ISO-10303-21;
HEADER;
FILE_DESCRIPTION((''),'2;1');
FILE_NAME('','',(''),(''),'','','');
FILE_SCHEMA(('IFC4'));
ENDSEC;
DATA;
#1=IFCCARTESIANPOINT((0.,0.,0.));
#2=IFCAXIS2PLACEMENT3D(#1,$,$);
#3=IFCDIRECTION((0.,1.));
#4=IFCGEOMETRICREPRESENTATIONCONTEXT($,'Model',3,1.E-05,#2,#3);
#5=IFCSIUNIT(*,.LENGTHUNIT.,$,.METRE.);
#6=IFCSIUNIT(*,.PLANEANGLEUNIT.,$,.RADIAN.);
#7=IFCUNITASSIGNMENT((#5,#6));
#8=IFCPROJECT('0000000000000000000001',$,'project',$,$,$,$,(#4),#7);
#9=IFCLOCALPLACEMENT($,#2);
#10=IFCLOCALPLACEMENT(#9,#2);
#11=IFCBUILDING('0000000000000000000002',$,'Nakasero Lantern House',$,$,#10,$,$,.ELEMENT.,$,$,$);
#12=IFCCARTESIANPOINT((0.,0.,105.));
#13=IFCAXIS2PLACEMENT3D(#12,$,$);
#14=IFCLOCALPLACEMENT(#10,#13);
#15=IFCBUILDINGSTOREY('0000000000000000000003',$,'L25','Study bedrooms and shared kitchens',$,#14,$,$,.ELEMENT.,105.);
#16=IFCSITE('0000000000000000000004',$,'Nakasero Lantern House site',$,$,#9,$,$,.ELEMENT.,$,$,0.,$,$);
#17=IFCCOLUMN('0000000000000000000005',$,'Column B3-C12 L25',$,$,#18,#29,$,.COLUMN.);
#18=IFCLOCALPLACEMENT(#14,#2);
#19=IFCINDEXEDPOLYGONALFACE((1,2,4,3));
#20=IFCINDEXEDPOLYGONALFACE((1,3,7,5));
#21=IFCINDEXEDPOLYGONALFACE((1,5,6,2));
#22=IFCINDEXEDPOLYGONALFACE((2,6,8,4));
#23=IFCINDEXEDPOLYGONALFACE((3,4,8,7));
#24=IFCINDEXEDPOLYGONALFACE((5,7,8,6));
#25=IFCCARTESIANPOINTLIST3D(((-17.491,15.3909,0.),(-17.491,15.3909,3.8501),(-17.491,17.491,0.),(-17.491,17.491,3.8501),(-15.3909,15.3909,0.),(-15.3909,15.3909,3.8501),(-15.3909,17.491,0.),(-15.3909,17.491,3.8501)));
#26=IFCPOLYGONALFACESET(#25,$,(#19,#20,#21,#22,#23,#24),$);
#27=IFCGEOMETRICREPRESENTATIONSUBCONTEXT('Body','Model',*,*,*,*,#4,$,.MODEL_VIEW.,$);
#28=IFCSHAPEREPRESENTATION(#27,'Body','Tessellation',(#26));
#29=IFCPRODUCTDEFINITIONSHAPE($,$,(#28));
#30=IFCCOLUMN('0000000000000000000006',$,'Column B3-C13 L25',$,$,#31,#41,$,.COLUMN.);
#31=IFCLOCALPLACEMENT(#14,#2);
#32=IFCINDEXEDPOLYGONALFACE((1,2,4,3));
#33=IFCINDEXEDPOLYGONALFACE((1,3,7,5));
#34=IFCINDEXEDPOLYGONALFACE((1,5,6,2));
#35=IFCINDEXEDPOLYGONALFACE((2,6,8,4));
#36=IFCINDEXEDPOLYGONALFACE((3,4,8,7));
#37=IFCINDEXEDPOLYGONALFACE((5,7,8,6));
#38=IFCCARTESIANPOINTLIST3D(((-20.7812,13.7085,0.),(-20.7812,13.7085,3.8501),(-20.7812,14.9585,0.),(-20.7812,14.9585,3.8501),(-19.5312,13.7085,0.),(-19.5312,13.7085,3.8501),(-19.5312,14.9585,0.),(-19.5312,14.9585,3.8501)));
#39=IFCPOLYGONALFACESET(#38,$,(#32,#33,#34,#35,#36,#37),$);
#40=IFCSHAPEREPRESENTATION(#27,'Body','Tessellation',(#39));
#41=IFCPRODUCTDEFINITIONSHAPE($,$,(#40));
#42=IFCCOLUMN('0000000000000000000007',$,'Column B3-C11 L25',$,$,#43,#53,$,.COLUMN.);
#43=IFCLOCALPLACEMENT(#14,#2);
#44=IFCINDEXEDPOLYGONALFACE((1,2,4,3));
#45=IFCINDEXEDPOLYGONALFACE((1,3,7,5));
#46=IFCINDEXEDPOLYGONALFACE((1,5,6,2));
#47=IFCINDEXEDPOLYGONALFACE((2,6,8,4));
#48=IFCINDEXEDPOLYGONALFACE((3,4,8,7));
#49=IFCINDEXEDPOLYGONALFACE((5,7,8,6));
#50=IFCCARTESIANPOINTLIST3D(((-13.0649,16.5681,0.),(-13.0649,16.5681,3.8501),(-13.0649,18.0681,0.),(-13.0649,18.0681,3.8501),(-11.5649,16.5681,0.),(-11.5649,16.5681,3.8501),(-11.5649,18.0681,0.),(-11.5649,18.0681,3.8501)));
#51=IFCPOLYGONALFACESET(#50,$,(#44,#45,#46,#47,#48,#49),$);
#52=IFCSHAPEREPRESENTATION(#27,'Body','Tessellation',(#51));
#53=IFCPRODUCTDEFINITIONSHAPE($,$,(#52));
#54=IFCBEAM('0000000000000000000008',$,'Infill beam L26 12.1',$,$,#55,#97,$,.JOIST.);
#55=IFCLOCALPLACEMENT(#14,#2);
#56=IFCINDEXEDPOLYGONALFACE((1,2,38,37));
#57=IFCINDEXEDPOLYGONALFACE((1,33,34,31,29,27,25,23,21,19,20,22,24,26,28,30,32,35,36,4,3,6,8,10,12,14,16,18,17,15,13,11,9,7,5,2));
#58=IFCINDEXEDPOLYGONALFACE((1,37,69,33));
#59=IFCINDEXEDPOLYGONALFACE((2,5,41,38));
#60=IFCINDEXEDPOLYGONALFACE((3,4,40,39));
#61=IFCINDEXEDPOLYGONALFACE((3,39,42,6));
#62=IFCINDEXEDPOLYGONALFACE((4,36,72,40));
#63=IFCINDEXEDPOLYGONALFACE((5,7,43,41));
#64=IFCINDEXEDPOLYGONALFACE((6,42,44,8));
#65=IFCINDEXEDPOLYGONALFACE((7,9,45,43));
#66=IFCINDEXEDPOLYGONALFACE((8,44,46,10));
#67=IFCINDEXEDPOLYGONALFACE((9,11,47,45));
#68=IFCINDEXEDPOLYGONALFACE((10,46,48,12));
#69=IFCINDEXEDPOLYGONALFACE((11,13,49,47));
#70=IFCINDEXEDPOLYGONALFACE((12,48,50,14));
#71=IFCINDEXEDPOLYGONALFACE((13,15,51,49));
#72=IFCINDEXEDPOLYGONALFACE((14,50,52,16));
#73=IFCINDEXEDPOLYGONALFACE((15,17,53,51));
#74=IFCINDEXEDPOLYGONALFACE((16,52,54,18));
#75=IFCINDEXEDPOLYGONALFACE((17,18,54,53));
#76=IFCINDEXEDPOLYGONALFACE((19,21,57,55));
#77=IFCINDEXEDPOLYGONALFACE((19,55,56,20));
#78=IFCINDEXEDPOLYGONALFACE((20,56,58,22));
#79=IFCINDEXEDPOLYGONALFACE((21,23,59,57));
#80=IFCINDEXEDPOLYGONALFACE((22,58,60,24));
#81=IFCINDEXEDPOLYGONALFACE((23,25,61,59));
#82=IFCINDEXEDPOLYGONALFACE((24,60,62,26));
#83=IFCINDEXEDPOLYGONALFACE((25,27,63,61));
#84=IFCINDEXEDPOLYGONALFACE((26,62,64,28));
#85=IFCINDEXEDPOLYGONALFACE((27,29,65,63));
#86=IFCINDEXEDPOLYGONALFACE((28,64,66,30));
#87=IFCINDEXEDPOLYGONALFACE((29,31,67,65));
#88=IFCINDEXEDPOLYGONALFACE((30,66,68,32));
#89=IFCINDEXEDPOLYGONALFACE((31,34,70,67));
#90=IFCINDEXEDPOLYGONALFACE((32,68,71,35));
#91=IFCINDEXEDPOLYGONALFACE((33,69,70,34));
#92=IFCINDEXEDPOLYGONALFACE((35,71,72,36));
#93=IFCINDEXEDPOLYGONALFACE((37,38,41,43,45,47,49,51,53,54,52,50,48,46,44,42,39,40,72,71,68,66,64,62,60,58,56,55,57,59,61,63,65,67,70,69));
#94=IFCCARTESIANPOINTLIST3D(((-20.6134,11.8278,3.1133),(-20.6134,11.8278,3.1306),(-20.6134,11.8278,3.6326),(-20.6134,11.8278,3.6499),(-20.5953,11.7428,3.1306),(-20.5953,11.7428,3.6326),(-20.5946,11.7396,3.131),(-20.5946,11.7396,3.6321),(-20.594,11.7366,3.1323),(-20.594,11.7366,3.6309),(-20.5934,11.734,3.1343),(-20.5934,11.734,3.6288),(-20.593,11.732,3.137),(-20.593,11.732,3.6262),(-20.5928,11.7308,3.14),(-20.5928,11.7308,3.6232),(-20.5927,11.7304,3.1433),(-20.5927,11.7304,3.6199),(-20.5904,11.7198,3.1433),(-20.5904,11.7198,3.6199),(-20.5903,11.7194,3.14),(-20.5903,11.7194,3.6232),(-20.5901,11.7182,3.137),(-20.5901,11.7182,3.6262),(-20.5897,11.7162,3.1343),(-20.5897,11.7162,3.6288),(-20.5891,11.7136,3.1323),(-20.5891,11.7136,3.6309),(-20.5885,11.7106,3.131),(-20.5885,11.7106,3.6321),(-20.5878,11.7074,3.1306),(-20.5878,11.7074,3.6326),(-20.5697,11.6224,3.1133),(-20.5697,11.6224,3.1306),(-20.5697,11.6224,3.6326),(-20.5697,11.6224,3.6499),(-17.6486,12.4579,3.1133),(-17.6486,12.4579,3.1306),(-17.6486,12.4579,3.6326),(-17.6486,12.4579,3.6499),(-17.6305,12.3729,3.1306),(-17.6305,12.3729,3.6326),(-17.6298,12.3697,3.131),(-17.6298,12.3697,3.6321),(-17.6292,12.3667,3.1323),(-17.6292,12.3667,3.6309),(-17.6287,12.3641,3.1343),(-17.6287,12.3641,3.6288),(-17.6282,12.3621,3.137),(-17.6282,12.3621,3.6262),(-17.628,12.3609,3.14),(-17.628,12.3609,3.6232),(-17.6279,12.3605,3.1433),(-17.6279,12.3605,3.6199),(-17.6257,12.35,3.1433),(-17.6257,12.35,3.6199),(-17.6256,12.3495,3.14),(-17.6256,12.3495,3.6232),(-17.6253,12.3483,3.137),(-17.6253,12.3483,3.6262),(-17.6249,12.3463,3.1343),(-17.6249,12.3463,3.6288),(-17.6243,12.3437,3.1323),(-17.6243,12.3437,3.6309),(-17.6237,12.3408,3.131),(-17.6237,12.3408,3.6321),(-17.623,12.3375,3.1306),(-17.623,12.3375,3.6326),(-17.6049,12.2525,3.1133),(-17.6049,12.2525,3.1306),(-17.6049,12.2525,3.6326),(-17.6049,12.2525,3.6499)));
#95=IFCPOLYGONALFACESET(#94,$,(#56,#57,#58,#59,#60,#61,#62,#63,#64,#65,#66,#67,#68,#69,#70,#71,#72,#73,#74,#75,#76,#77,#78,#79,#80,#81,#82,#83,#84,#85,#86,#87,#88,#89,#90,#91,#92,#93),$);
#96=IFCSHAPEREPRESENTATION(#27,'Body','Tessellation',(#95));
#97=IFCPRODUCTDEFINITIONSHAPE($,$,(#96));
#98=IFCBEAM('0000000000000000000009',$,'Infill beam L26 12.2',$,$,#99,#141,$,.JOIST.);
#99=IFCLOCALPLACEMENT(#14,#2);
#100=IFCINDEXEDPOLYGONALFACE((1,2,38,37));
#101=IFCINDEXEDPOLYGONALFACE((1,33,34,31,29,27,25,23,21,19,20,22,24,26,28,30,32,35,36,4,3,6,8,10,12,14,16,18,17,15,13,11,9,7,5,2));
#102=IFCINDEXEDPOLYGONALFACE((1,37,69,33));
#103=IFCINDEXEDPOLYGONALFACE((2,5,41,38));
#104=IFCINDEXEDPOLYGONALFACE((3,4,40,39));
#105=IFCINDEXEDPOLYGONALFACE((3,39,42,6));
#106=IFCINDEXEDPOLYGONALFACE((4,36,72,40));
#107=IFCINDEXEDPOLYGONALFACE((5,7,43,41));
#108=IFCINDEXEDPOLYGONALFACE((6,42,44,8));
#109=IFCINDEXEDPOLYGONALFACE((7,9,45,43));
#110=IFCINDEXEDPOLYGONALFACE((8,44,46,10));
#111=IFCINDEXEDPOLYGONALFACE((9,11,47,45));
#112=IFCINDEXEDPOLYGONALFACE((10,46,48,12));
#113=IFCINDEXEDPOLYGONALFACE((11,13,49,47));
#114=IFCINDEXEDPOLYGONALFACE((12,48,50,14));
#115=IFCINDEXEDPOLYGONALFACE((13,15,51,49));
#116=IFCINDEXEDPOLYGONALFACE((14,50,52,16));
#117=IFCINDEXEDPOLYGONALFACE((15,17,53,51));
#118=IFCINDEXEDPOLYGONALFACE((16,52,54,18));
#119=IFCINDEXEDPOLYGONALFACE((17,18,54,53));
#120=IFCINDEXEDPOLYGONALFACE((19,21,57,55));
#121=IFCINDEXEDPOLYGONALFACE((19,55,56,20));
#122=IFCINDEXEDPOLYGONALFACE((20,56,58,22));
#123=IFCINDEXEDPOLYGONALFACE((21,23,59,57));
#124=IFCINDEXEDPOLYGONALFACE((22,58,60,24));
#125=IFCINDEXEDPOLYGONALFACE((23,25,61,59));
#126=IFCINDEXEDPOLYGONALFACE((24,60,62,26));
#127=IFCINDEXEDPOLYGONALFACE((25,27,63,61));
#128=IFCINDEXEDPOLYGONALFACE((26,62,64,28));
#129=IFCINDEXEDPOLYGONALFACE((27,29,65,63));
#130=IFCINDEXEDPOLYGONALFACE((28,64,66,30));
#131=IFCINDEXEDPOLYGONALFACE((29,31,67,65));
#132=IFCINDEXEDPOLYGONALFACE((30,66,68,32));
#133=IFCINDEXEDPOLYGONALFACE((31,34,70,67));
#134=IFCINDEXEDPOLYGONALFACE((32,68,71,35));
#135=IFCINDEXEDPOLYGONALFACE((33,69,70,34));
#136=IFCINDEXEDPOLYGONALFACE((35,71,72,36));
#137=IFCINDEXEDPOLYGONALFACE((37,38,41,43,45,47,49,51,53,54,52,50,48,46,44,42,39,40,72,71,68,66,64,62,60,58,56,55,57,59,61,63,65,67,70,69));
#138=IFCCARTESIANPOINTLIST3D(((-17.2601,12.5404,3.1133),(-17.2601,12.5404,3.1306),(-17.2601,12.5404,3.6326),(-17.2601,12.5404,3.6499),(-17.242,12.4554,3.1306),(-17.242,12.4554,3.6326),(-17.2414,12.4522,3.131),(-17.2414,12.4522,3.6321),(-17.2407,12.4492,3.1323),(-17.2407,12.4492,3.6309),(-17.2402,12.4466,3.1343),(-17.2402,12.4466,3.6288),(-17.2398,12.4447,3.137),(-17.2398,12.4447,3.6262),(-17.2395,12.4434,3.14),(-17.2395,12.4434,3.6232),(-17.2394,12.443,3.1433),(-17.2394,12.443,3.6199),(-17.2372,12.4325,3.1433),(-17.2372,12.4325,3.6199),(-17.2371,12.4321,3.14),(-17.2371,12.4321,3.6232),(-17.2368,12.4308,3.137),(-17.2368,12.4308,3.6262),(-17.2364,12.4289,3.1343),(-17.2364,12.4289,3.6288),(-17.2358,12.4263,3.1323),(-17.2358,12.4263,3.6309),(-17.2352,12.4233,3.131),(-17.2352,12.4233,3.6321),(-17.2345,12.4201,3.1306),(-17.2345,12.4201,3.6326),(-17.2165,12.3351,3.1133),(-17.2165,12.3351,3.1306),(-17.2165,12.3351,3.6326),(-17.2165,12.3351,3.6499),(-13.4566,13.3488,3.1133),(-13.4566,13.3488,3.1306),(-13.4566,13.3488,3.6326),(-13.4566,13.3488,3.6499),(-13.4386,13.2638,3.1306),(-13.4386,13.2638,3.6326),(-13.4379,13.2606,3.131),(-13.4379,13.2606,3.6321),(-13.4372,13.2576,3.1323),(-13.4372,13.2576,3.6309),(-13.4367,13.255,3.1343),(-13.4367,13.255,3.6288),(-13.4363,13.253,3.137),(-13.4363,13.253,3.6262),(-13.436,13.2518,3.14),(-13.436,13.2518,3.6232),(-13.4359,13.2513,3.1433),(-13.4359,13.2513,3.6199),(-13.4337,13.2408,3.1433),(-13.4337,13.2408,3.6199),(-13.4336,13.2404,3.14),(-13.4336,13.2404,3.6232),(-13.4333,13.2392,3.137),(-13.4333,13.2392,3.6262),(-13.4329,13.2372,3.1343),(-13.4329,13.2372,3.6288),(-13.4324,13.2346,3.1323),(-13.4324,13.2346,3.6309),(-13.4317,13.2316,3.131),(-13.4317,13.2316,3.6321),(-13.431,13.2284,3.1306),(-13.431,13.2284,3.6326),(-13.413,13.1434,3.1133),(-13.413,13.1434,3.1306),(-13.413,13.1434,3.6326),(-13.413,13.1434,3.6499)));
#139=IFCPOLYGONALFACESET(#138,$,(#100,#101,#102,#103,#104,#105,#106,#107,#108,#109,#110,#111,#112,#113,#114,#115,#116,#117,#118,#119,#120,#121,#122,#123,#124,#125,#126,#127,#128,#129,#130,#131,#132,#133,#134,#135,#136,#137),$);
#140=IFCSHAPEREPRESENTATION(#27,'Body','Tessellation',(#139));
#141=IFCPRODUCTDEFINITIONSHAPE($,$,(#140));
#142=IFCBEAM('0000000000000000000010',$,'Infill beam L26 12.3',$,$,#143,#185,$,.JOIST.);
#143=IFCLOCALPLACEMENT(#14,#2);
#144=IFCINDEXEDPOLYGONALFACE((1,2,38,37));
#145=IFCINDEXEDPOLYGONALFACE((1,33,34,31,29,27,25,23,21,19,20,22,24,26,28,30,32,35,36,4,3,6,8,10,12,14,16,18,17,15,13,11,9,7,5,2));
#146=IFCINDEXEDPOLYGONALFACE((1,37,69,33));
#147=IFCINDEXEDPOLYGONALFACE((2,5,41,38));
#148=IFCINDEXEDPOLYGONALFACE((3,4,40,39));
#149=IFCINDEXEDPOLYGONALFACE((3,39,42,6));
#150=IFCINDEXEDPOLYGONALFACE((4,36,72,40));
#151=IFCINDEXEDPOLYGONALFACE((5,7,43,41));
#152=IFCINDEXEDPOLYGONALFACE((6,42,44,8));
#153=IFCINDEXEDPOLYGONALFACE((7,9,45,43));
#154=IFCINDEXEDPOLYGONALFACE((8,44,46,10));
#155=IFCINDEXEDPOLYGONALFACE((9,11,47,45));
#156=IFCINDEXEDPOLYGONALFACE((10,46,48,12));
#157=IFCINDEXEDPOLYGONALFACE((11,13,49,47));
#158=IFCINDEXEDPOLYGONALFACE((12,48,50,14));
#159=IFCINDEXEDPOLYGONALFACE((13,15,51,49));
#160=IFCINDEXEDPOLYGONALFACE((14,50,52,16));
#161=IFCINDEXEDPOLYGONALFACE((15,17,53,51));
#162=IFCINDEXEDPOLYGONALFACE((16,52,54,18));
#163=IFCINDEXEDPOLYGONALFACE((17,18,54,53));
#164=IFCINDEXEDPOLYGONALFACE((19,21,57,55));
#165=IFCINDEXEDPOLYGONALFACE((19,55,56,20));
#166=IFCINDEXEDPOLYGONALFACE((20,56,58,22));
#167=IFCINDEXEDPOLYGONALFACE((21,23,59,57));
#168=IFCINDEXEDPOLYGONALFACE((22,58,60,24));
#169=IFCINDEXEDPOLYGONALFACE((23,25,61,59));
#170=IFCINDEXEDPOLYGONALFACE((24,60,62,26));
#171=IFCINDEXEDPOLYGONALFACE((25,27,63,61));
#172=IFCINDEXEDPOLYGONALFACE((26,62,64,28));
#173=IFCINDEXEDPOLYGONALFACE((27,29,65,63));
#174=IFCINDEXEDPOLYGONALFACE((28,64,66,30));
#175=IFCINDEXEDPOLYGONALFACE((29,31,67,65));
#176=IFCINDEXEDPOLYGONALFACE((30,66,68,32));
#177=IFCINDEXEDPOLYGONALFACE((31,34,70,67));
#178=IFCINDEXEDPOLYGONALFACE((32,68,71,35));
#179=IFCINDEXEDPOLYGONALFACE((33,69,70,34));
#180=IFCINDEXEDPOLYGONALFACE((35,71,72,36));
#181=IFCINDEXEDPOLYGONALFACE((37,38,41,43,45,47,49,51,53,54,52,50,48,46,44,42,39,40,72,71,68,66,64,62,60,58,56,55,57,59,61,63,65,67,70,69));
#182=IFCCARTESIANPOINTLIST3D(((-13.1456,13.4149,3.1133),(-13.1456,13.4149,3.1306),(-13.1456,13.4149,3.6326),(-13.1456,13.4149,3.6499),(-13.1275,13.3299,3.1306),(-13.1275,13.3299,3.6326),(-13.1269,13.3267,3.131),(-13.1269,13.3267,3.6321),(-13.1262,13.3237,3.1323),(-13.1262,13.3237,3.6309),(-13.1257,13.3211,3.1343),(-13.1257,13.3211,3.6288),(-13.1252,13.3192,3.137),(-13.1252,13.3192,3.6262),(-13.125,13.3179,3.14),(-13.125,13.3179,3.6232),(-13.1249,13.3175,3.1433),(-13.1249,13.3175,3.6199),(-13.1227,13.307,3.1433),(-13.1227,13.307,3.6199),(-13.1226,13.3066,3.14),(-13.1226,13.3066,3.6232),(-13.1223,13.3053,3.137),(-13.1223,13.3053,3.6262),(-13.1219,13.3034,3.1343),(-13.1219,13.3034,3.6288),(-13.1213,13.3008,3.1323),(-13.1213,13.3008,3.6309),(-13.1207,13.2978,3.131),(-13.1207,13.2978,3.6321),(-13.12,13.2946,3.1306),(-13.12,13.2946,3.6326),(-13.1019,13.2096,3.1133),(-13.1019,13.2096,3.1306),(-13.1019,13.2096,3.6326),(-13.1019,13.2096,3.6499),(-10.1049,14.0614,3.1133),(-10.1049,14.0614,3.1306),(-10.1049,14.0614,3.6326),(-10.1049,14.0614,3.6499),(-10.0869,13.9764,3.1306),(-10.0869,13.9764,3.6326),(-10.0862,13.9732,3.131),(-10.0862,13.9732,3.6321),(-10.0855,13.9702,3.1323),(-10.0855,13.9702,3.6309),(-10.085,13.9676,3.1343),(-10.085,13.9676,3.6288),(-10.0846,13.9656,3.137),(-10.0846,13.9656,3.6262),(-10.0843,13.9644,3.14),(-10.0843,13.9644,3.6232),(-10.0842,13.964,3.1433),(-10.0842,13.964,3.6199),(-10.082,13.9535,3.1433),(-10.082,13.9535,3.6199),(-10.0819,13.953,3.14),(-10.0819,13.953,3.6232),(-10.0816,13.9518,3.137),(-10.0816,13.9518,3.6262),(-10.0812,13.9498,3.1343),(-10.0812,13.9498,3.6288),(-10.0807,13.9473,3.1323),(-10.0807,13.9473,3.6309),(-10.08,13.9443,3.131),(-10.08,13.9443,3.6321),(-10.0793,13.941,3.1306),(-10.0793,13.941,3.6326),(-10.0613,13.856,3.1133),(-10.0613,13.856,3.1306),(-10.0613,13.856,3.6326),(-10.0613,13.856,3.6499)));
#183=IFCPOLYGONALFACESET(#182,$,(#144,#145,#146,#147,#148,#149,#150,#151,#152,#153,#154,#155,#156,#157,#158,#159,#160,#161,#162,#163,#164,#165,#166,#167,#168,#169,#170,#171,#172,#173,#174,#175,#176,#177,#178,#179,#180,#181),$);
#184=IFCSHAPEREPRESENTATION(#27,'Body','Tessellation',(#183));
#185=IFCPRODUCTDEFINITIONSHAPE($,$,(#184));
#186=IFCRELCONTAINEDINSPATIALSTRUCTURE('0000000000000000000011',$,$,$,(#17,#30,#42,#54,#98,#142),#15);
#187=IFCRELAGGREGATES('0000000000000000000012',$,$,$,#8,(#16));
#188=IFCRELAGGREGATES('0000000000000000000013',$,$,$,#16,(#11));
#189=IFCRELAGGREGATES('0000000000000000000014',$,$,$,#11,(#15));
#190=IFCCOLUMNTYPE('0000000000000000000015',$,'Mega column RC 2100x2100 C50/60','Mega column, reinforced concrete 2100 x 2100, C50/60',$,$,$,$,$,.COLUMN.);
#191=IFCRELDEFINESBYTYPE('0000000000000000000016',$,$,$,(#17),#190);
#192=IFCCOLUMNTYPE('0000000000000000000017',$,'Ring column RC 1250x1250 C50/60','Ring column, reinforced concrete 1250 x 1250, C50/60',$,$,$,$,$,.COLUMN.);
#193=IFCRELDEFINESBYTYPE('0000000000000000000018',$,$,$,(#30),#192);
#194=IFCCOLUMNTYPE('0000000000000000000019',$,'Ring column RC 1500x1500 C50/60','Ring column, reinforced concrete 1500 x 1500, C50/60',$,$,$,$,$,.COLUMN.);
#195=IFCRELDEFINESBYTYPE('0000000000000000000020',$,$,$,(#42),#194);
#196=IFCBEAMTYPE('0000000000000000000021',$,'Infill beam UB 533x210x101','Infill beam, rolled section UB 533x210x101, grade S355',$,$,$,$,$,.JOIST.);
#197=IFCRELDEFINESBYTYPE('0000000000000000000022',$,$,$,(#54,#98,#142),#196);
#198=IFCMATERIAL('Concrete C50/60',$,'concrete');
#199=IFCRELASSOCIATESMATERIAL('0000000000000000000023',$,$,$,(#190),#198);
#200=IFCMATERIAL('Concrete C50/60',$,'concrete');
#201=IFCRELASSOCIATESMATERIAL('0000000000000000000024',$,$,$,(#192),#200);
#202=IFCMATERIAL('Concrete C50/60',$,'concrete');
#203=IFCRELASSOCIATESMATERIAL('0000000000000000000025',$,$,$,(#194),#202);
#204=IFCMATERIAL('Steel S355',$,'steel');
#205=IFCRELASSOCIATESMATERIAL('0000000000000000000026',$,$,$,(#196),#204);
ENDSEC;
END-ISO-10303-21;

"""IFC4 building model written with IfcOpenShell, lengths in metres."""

from ifc_helpers import new_model, si_unit, direction, frame, origin, origin_2d, place, context, subcontext, project, spatial, rectangle, i_section, extrude, material, material_profile, profile_set, type_object, element, save


model = new_model("IFC4")

# Units and contexts
model_context = context("Model", 3, precision=1e-05, world=origin(), true_north=direction((0.0, 1.0)))
body_context = subcontext(model_context, "Body", "Model", "MODEL_VIEW")
ifc_project = project(units=[si_unit("LENGTHUNIT", "METRE"), si_unit("PLANEANGLEUNIT", "RADIAN")], contexts=[model_context])

# Site, building, storey
site_placement = place(None, origin())
site = spatial("IfcSite", under=ifc_project, at=site_placement, Name="Nakasero Lantern House site", CompositionType="ELEMENT", RefElevation=0.0)
building_placement = place(site_placement, origin())
building = spatial("IfcBuilding", under=site, at=building_placement, Name="Nakasero Lantern House", CompositionType="ELEMENT")
storey_placement = place(building_placement, frame((0.0, 0.0, 105.0)))
storey = spatial("IfcBuildingStorey", under=building, at=storey_placement, Name="L25", Description="Study bedrooms and shared kitchens", CompositionType="ELEMENT", Elevation=105.0)

# Columns
ifc_material_1 = material(Name="Concrete C50/60", Category="concrete")
ifc_material_profile_1 = material_profile(ifc_material_1, rectangle(XDim=2.1001, YDim=2.1001, at=origin_2d()), Name="RC 2100x2100")
ifc_profile_set_1 = profile_set([ifc_material_profile_1], Name="Concrete C50/60")
column_type_1 = type_object("IfcColumnType", Name="Mega column RC 2100x2100 C50/60", Description="Mega column, reinforced concrete 2100 x 2100, C50/60", PredefinedType="COLUMN", material=ifc_profile_set_1)
column_1_placement = place(storey_placement, frame((-16.4409, 16.4409, 0.0), z_axis=(0.0, 0.0, 1.0), x_axis=(1.0, 0.0, 0.0)))
element("IfcColumn", 1, at=column_1_placement, inside=storey, type_object=column_type_1, Name="Column B3-C12 L25", PredefinedType="COLUMN", context=body_context, shape_type="SweptSolid", body=[
    extrude(rectangle(XDim=2.1001, YDim=2.1001, at=origin_2d()), origin(), (0.0, 0.0, 1.0), 3.8501),
])
ifc_material_2 = material(Name="Concrete C50/60", Category="concrete")
ifc_material_profile_2 = material_profile(ifc_material_2, rectangle(XDim=1.25, YDim=1.25, at=origin_2d()), Name="RC 1250x1250")
ifc_profile_set_2 = profile_set([ifc_material_profile_2], Name="Concrete C50/60")
column_type_2 = type_object("IfcColumnType", Name="Ring column RC 1250x1250 C50/60", Description="Ring column, reinforced concrete 1250 x 1250, C50/60", PredefinedType="COLUMN", material=ifc_profile_set_2)
column_2_placement = place(storey_placement, frame((-20.1562, 14.3335, 0.0), z_axis=(0.0, 0.0, 1.0), x_axis=(1.0, 0.0, 0.0)))
element("IfcColumn", 2, at=column_2_placement, inside=storey, type_object=column_type_2, Name="Column B3-C13 L25", PredefinedType="COLUMN", context=body_context, shape_type="SweptSolid", body=[
    extrude(rectangle(XDim=1.25, YDim=1.25, at=origin_2d()), origin(), (0.0, 0.0, 1.0), 3.8501),
])
ifc_material_3 = material(Name="Concrete C50/60", Category="concrete")
ifc_material_profile_3 = material_profile(ifc_material_3, rectangle(XDim=1.5, YDim=1.5, at=origin_2d()), Name="RC 1500x1500")
ifc_profile_set_3 = profile_set([ifc_material_profile_3], Name="Concrete C50/60")
column_type_3 = type_object("IfcColumnType", Name="Ring column RC 1500x1500 C50/60", Description="Ring column, reinforced concrete 1500 x 1500, C50/60", PredefinedType="COLUMN", material=ifc_profile_set_3)
column_3_placement = place(storey_placement, frame((-12.3149, 17.3181, 0.0), z_axis=(0.0, 0.0, 1.0), x_axis=(1.0, 0.0, 0.0)))
element("IfcColumn", 3, at=column_3_placement, inside=storey, type_object=column_type_3, Name="Column B3-C11 L25", PredefinedType="COLUMN", context=body_context, shape_type="SweptSolid", body=[
    extrude(rectangle(XDim=1.5, YDim=1.5, at=origin_2d()), origin(), (0.0, 0.0, 1.0), 3.8501),
])

# Beams
ifc_material_4 = material(Name="Steel S355", Category="steel")
ifc_material_profile_4 = material_profile(ifc_material_4, i_section(OverallWidth=0.21, OverallDepth=0.5366, WebThickness=0.0107, FlangeThickness=0.0173, FilletRadius=0.0127, at=origin_2d()), Name="UB 533x210x101")
ifc_profile_set_4 = profile_set([ifc_material_profile_4], Name="Steel S355")
beam_type_1 = type_object("IfcBeamType", Name="Infill beam UB 533x210x101", Description="Infill beam, rolled section UB 533x210x101, grade S355", PredefinedType="JOIST", material=ifc_profile_set_4)
beam_1_placement = place(storey_placement, frame((-20.5916, 11.7251, 3.3816), z_axis=(0.978152, 0.20789, 0.0), x_axis=(-0.20789, 0.978152, 0.0)))
element("IfcBeam", 4, at=beam_1_placement, inside=storey, type_object=beam_type_1, Name="Infill beam L26 12.1", PredefinedType="JOIST", context=body_context, shape_type="SweptSolid", body=[
    extrude(i_section(OverallWidth=0.21, OverallDepth=0.5366, WebThickness=0.0107, FlangeThickness=0.0173, FilletRadius=0.0127, at=origin_2d()), origin(), (0.0, 0.0, 1.0), 3.031),
])
beam_2_placement = place(storey_placement, frame((-17.2383, 12.4377, 3.3816), z_axis=(0.978153, 0.207887, 0.0), x_axis=(-0.207887, 0.978153, 0.0)))
element("IfcBeam", 5, at=beam_2_placement, inside=storey, type_object=beam_type_1, Name="Infill beam L26 12.2", PredefinedType="JOIST", context=body_context, shape_type="SweptSolid", body=[
    extrude(i_section(OverallWidth=0.21, OverallDepth=0.5366, WebThickness=0.0107, FlangeThickness=0.0173, FilletRadius=0.0127, at=origin_2d()), origin(), (0.0, 0.0, 1.0), 3.8884),
])
beam_3_placement = place(storey_placement, frame((-13.1238, 13.3123, 3.3816), z_axis=(0.978138, 0.207957, 0.0), x_axis=(-0.207957, 0.978138, 0.0)))
element("IfcBeam", 6, at=beam_3_placement, inside=storey, type_object=beam_type_1, Name="Infill beam L26 12.3", PredefinedType="JOIST", context=body_context, shape_type="SweptSolid", body=[
    extrude(i_section(OverallWidth=0.21, OverallDepth=0.5366, WebThickness=0.0107, FlangeThickness=0.0173, FilletRadius=0.0127, at=origin_2d()), origin(), (0.0, 0.0, 1.0), 3.1086),
])

save(model, "model.ifc")
